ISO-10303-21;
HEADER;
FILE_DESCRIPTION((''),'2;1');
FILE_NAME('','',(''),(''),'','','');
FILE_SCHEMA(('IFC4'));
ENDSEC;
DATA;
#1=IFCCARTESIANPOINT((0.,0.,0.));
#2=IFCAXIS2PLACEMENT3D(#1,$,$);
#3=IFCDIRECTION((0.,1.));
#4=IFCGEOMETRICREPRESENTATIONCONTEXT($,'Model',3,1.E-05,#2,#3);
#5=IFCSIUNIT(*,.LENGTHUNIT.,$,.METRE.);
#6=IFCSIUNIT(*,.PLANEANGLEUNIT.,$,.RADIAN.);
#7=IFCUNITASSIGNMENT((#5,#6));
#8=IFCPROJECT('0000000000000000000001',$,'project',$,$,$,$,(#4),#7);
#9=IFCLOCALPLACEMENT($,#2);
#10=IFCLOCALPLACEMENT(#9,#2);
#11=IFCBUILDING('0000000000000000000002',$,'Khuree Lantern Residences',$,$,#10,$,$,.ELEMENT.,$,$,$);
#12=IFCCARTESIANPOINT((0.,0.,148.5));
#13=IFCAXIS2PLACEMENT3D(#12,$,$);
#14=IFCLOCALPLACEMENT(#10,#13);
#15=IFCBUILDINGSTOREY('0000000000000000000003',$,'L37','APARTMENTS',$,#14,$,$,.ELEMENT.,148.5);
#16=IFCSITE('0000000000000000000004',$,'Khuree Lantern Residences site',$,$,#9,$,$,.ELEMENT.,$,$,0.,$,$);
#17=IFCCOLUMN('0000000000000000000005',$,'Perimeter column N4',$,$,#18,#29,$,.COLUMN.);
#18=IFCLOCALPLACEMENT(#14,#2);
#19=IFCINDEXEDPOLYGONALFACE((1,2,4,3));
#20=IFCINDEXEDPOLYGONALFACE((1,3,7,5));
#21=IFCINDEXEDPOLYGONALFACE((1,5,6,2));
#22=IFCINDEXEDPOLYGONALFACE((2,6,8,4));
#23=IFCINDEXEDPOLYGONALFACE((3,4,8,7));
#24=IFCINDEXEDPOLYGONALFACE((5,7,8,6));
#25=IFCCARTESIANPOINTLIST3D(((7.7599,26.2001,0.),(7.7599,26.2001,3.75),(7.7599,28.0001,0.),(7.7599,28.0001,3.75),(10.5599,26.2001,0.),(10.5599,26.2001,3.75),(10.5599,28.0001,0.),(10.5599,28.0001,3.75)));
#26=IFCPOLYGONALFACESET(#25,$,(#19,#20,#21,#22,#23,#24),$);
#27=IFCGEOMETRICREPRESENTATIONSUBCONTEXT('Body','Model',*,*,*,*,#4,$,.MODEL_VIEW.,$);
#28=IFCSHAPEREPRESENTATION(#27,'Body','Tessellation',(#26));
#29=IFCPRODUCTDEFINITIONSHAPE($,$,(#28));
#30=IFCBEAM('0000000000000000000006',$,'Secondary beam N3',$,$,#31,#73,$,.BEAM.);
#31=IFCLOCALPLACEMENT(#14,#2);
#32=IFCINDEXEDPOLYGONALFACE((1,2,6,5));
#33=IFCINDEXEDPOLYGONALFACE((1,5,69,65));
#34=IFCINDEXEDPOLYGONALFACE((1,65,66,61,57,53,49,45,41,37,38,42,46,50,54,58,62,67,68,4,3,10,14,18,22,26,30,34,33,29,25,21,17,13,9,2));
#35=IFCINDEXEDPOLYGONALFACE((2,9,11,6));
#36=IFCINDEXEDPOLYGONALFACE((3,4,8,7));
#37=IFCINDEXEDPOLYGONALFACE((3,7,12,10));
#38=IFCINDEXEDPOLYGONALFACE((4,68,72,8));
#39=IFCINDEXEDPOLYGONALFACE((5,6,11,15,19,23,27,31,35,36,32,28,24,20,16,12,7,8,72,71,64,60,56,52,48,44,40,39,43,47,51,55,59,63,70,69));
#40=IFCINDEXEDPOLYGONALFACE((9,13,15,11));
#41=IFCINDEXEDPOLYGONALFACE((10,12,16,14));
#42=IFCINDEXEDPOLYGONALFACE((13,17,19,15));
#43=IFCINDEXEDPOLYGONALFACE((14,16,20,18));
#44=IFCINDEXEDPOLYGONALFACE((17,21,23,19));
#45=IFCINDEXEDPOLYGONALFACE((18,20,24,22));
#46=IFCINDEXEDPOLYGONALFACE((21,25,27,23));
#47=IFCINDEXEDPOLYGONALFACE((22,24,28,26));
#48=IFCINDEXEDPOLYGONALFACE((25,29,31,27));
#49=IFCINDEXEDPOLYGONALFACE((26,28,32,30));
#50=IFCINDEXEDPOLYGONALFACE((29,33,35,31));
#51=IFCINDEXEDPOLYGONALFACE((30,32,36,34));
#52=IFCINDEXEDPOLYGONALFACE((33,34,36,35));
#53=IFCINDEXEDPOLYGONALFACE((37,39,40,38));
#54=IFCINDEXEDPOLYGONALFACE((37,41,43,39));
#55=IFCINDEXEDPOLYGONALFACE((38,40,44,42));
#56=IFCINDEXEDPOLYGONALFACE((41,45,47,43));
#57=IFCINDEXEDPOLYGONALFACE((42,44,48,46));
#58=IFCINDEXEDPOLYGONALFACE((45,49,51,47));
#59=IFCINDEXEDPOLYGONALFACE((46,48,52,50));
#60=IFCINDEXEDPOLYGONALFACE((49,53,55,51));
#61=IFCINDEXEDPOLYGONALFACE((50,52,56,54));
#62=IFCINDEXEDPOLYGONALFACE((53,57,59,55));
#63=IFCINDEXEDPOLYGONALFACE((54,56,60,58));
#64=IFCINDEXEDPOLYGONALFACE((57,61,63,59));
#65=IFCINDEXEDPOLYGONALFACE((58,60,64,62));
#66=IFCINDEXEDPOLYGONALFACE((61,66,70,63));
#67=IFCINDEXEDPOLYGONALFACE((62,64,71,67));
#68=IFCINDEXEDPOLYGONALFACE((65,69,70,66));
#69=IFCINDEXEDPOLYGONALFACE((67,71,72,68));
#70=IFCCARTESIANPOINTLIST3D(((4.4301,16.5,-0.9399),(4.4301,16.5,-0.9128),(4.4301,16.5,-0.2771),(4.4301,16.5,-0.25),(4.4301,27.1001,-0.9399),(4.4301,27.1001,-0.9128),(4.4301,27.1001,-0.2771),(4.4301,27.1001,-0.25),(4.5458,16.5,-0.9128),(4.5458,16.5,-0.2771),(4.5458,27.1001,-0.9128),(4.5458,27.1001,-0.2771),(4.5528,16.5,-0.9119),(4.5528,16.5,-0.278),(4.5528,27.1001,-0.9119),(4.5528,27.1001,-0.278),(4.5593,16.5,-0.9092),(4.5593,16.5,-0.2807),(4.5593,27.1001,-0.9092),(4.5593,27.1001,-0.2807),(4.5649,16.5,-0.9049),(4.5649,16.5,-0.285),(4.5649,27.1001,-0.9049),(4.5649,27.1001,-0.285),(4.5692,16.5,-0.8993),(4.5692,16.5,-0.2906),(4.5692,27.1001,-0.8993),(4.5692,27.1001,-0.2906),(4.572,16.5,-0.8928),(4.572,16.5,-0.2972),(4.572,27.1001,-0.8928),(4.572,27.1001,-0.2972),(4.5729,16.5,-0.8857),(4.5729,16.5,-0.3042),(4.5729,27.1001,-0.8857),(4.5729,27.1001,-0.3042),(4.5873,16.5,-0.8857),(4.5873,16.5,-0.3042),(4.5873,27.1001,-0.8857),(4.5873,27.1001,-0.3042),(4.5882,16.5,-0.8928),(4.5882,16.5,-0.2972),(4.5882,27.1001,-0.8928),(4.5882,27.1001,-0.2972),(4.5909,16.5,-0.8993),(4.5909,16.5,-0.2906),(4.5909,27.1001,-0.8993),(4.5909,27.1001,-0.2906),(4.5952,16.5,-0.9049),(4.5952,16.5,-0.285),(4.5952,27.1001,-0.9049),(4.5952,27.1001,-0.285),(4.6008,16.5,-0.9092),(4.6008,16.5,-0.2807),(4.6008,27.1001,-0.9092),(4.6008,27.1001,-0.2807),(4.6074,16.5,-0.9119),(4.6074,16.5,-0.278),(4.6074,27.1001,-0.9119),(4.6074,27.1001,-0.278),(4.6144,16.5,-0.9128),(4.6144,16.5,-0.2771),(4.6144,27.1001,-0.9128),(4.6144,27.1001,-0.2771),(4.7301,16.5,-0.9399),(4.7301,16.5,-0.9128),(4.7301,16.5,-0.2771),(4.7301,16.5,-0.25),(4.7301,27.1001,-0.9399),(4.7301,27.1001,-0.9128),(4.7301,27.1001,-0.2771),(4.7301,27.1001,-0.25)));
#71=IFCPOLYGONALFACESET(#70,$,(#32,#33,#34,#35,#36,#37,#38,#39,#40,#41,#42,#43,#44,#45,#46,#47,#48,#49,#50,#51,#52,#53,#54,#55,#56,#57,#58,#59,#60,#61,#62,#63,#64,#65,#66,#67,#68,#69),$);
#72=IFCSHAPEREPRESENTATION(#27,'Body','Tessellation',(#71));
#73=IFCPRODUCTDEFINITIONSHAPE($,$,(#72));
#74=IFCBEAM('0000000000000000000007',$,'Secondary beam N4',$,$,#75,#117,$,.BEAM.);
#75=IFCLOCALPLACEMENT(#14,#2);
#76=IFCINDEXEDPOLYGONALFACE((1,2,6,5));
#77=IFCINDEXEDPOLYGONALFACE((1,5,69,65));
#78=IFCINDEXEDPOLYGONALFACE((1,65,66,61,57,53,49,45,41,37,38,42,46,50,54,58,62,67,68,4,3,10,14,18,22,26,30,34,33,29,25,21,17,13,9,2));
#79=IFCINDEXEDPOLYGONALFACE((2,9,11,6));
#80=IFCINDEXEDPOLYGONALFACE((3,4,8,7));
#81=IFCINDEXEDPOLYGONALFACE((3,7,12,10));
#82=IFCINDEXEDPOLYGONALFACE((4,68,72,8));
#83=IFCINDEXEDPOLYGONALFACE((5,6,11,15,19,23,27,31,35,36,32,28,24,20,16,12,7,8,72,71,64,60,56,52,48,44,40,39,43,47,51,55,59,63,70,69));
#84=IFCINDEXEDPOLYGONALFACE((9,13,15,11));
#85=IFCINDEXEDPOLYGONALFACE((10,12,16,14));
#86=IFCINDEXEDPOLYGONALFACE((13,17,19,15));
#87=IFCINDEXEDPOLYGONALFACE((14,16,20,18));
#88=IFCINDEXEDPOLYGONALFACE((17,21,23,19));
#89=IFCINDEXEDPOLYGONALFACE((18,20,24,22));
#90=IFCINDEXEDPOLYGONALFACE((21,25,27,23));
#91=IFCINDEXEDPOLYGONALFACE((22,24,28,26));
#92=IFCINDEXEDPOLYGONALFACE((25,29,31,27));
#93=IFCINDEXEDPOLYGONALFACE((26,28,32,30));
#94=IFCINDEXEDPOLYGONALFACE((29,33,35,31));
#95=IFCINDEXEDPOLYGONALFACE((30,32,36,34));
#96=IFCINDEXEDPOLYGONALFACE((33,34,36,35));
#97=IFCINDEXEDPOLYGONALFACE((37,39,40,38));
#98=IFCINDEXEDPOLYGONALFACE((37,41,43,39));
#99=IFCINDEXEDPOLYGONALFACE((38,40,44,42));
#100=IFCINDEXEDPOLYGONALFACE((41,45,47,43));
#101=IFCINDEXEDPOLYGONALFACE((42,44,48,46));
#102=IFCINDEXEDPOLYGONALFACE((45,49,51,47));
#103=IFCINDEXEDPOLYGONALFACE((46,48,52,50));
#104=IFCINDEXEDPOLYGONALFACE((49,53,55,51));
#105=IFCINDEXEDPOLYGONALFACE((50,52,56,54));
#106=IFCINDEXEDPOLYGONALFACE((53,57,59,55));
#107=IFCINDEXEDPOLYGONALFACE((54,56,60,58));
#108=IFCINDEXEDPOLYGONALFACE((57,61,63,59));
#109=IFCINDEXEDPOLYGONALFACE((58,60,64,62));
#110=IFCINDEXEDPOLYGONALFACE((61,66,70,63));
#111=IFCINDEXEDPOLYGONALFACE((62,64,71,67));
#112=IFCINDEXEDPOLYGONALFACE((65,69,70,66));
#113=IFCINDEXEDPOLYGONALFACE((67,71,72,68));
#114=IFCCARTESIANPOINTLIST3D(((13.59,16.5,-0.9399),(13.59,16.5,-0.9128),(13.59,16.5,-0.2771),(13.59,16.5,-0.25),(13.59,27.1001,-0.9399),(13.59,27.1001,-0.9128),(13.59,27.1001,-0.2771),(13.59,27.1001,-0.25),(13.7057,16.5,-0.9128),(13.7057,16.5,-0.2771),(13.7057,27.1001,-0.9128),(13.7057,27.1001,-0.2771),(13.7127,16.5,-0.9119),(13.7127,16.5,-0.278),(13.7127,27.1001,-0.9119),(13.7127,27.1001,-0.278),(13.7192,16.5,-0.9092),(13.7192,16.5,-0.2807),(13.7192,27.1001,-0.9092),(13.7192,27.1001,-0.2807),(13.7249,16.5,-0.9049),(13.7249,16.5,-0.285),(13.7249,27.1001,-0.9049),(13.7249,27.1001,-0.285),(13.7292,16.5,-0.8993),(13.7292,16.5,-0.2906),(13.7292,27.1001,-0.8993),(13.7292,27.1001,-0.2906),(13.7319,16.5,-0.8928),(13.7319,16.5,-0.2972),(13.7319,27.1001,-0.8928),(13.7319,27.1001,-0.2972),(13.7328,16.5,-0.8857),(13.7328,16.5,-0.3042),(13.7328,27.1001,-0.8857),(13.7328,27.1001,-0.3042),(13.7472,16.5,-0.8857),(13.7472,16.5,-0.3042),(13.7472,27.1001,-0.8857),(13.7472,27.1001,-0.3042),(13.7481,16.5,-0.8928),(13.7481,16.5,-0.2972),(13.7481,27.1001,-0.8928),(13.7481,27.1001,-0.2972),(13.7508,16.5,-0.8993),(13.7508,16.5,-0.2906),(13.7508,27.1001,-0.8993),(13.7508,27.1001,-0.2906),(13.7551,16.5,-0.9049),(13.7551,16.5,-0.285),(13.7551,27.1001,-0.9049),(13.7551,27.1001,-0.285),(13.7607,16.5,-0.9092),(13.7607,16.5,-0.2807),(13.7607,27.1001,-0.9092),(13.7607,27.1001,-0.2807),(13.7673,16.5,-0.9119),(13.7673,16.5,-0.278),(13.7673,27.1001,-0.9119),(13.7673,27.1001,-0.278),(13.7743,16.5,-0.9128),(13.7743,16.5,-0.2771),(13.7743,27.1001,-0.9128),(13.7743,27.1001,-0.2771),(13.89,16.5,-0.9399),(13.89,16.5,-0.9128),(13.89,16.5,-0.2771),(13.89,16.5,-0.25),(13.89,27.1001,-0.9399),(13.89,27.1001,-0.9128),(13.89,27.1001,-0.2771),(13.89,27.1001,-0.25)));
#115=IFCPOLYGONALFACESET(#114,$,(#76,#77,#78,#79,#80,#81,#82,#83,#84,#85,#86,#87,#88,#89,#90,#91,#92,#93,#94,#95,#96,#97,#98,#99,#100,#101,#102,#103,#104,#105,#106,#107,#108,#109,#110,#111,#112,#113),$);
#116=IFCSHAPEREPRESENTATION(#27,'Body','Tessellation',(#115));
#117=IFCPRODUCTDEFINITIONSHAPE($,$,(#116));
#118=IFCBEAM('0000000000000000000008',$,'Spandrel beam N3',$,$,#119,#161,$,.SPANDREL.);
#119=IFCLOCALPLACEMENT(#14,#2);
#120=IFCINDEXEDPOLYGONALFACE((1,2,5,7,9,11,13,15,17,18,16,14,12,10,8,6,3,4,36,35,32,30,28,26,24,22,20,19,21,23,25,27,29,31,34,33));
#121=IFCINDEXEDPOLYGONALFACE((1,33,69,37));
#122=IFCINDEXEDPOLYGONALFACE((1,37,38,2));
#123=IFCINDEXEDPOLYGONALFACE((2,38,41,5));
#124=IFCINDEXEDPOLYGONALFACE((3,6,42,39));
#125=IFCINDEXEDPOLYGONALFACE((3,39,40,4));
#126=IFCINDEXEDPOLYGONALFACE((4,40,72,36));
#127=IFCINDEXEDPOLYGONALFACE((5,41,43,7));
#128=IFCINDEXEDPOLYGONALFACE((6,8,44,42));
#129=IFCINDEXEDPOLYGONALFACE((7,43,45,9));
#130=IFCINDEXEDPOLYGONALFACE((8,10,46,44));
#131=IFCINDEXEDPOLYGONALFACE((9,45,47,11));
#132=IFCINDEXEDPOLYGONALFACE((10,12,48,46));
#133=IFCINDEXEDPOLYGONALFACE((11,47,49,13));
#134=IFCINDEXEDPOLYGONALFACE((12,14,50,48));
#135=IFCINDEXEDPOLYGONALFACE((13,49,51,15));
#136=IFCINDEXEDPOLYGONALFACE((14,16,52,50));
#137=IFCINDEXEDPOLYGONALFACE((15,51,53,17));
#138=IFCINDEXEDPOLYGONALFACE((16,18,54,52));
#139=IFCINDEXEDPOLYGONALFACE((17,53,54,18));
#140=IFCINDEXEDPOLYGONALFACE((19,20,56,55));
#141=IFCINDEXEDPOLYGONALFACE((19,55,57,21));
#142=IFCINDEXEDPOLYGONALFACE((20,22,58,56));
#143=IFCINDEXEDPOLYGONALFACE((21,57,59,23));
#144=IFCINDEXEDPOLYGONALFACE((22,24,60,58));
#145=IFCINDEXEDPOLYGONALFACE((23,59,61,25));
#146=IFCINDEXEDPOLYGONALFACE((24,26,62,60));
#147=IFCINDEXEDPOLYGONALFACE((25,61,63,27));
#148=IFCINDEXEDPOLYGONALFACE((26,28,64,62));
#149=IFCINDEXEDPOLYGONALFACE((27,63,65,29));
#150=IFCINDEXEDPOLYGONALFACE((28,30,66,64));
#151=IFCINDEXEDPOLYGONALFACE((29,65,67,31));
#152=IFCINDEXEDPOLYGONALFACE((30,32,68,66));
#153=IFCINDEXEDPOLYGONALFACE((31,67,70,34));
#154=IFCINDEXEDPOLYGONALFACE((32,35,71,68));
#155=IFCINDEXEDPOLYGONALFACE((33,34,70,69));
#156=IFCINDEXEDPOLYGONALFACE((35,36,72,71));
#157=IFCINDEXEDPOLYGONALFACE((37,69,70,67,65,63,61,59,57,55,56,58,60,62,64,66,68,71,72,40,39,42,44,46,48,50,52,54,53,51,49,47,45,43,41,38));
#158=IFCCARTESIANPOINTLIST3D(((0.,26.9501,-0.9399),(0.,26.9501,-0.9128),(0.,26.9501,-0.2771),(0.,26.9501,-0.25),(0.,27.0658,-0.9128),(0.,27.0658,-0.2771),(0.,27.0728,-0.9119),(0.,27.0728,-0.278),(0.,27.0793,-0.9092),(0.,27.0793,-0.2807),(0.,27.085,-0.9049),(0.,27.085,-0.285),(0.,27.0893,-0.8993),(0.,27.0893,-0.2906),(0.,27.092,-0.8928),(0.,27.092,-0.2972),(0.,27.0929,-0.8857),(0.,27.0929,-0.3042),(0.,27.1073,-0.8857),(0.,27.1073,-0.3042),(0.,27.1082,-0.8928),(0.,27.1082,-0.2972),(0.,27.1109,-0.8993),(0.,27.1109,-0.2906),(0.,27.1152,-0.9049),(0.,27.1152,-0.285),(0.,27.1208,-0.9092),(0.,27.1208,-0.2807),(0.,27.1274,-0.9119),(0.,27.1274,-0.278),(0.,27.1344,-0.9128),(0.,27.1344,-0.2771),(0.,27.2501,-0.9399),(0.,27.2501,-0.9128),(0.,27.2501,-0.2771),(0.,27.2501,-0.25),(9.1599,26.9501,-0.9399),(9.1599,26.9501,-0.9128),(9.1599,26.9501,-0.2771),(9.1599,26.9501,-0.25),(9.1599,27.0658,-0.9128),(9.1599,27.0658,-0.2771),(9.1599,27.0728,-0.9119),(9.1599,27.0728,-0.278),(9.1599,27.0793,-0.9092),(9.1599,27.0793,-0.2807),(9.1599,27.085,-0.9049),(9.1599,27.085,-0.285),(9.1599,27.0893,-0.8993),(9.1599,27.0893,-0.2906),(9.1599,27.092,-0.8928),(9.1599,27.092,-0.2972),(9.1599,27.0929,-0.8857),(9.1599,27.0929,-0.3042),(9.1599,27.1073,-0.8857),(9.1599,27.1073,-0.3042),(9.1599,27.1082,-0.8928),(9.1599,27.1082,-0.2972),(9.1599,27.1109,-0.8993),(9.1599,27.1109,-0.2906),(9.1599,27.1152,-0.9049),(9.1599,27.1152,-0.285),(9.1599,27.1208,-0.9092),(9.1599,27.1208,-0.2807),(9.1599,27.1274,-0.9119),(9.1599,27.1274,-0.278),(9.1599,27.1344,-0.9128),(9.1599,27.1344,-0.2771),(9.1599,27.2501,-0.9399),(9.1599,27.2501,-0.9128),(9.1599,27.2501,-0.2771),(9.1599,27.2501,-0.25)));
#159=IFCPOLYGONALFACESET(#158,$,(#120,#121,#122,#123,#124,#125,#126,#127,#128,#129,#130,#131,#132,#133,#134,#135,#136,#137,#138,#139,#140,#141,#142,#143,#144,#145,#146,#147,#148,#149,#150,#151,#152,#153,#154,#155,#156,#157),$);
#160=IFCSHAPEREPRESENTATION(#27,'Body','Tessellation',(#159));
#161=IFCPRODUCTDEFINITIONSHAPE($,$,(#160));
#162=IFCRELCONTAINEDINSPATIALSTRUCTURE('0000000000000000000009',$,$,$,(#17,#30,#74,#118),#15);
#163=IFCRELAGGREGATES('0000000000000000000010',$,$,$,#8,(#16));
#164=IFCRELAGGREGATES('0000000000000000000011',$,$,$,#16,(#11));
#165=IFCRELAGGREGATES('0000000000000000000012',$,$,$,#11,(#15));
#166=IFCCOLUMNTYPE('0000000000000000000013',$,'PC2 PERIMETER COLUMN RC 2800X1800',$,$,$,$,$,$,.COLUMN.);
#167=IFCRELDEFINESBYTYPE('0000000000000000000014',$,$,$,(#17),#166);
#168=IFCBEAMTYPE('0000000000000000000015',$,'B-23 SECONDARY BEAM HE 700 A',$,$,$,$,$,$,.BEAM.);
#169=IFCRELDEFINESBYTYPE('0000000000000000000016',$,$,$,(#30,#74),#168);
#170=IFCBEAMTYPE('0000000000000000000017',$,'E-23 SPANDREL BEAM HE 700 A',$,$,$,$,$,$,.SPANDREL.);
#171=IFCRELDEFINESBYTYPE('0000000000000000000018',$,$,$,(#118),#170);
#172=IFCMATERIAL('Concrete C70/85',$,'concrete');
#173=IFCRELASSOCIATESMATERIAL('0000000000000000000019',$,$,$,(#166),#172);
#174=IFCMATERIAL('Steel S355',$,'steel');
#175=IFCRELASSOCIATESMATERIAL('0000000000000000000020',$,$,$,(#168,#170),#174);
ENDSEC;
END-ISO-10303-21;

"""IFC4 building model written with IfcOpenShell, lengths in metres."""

from ifc_helpers import new_model, si_unit, direction, frame, origin, origin_2d, place, context, subcontext, project, spatial, rectangle, i_section, extrude, material, material_profile, profile_set, type_object, element, save


model = new_model("IFC4")

# Units and contexts
model_context = context("Model", 3, precision=1e-05, world=origin(), true_north=direction((0.0, 1.0)))
body_context = subcontext(model_context, "Body", "Model", "MODEL_VIEW")
ifc_project = project(units=[si_unit("LENGTHUNIT", "METRE"), si_unit("PLANEANGLEUNIT", "RADIAN")], contexts=[model_context])

# Site, building, storey
site_placement = place(None, origin())
site = spatial("IfcSite", under=ifc_project, at=site_placement, Name="Khuree Lantern Residences site", CompositionType="ELEMENT", RefElevation=0.0)
building_placement = place(site_placement, origin())
building = spatial("IfcBuilding", under=site, at=building_placement, Name="Khuree Lantern Residences", CompositionType="ELEMENT")
storey_placement = place(building_placement, frame((0.0, 0.0, 148.5)))
storey = spatial("IfcBuildingStorey", under=building, at=storey_placement, Name="L37", Description="APARTMENTS", CompositionType="ELEMENT", Elevation=148.5)

# Column
ifc_material_1 = material(Name="Concrete C70/85", Category="concrete")
ifc_material_profile_1 = material_profile(ifc_material_1, rectangle(XDim=2.8, YDim=1.8, at=origin_2d()), Name="RC 2800X1800")
ifc_profile_set_1 = profile_set([ifc_material_profile_1], Name="Concrete C70/85")
column_type = type_object("IfcColumnType", Name="PC2 PERIMETER COLUMN RC 2800X1800", PredefinedType="COLUMN", material=ifc_profile_set_1)
column_placement = place(storey_placement, frame((9.1599, 27.1001, 0.0), z_axis=(0.0, 0.0, 1.0), x_axis=(1.0, 0.0, 0.0)))
element("IfcColumn", 1, at=column_placement, inside=storey, type_object=column_type, Name="Perimeter column N4", PredefinedType="COLUMN", context=body_context, shape_type="SweptSolid", body=[
    extrude(rectangle(XDim=2.8, YDim=1.8, at=origin_2d()), origin(), (0.0, 0.0, 1.0), 3.75),
])

# Beams
ifc_material_2 = material(Name="Steel S355", Category="steel")
ifc_material_profile_2 = material_profile(ifc_material_2, i_section(OverallWidth=0.3, OverallDepth=0.6899, WebThickness=0.0144, FlangeThickness=0.0271, FilletRadius=0.0271, at=origin_2d()), Name="HE 700 A")
ifc_profile_set_2 = profile_set([ifc_material_profile_2], Name="Steel S355")
beam_type_1 = type_object("IfcBeamType", Name="B-23 SECONDARY BEAM HE 700 A", PredefinedType="BEAM", material=ifc_profile_set_2)
for number, where, z_axis, x_axis, name in (
    (2, (4.5801, 27.1001, -0.595), (0.0, -1.0, 0.0), (1.0, 0.0, 0.0), "Secondary beam N3"),
    (3, (13.74, 27.1001, -0.595), (0.0, -1.0, 0.0), (1.0, 0.0, 0.0), "Secondary beam N4"),
):
    element("IfcBeam", number, at=place(storey_placement, frame(where, z_axis=z_axis, x_axis=x_axis)), inside=storey, type_object=beam_type_1, Name=name, PredefinedType="BEAM", context=body_context, shape_type="SweptSolid", body=[
        extrude(i_section(OverallWidth=0.3, OverallDepth=0.6899, WebThickness=0.0144, FlangeThickness=0.0271, FilletRadius=0.0271, at=origin_2d()), origin(), (0.0, 0.0, 1.0), 10.6001),
    ])
ifc_material_profile_3 = material_profile(ifc_material_2, i_section(OverallWidth=0.3, OverallDepth=0.6899, WebThickness=0.0144, FlangeThickness=0.0271, FilletRadius=0.0271, at=origin_2d()), Name="HE 700 A")
ifc_profile_set_3 = profile_set([ifc_material_profile_3], Name="Steel S355")
beam_type_2 = type_object("IfcBeamType", Name="E-23 SPANDREL BEAM HE 700 A", PredefinedType="SPANDREL", material=ifc_profile_set_3)
beam_1_placement = place(storey_placement, frame((0.0, 27.1001, -0.595), z_axis=(1.0, 0.0, 0.0), x_axis=(0.0, 1.0, 0.0)))
element("IfcBeam", 4, at=beam_1_placement, inside=storey, type_object=beam_type_2, Name="Spandrel beam N3", PredefinedType="SPANDREL", context=body_context, shape_type="SweptSolid", body=[
    extrude(i_section(OverallWidth=0.3, OverallDepth=0.6899, WebThickness=0.0144, FlangeThickness=0.0271, FilletRadius=0.0271, at=origin_2d()), origin(), (0.0, 0.0, 1.0), 9.1599),
])

save(model, "model.ifc")
